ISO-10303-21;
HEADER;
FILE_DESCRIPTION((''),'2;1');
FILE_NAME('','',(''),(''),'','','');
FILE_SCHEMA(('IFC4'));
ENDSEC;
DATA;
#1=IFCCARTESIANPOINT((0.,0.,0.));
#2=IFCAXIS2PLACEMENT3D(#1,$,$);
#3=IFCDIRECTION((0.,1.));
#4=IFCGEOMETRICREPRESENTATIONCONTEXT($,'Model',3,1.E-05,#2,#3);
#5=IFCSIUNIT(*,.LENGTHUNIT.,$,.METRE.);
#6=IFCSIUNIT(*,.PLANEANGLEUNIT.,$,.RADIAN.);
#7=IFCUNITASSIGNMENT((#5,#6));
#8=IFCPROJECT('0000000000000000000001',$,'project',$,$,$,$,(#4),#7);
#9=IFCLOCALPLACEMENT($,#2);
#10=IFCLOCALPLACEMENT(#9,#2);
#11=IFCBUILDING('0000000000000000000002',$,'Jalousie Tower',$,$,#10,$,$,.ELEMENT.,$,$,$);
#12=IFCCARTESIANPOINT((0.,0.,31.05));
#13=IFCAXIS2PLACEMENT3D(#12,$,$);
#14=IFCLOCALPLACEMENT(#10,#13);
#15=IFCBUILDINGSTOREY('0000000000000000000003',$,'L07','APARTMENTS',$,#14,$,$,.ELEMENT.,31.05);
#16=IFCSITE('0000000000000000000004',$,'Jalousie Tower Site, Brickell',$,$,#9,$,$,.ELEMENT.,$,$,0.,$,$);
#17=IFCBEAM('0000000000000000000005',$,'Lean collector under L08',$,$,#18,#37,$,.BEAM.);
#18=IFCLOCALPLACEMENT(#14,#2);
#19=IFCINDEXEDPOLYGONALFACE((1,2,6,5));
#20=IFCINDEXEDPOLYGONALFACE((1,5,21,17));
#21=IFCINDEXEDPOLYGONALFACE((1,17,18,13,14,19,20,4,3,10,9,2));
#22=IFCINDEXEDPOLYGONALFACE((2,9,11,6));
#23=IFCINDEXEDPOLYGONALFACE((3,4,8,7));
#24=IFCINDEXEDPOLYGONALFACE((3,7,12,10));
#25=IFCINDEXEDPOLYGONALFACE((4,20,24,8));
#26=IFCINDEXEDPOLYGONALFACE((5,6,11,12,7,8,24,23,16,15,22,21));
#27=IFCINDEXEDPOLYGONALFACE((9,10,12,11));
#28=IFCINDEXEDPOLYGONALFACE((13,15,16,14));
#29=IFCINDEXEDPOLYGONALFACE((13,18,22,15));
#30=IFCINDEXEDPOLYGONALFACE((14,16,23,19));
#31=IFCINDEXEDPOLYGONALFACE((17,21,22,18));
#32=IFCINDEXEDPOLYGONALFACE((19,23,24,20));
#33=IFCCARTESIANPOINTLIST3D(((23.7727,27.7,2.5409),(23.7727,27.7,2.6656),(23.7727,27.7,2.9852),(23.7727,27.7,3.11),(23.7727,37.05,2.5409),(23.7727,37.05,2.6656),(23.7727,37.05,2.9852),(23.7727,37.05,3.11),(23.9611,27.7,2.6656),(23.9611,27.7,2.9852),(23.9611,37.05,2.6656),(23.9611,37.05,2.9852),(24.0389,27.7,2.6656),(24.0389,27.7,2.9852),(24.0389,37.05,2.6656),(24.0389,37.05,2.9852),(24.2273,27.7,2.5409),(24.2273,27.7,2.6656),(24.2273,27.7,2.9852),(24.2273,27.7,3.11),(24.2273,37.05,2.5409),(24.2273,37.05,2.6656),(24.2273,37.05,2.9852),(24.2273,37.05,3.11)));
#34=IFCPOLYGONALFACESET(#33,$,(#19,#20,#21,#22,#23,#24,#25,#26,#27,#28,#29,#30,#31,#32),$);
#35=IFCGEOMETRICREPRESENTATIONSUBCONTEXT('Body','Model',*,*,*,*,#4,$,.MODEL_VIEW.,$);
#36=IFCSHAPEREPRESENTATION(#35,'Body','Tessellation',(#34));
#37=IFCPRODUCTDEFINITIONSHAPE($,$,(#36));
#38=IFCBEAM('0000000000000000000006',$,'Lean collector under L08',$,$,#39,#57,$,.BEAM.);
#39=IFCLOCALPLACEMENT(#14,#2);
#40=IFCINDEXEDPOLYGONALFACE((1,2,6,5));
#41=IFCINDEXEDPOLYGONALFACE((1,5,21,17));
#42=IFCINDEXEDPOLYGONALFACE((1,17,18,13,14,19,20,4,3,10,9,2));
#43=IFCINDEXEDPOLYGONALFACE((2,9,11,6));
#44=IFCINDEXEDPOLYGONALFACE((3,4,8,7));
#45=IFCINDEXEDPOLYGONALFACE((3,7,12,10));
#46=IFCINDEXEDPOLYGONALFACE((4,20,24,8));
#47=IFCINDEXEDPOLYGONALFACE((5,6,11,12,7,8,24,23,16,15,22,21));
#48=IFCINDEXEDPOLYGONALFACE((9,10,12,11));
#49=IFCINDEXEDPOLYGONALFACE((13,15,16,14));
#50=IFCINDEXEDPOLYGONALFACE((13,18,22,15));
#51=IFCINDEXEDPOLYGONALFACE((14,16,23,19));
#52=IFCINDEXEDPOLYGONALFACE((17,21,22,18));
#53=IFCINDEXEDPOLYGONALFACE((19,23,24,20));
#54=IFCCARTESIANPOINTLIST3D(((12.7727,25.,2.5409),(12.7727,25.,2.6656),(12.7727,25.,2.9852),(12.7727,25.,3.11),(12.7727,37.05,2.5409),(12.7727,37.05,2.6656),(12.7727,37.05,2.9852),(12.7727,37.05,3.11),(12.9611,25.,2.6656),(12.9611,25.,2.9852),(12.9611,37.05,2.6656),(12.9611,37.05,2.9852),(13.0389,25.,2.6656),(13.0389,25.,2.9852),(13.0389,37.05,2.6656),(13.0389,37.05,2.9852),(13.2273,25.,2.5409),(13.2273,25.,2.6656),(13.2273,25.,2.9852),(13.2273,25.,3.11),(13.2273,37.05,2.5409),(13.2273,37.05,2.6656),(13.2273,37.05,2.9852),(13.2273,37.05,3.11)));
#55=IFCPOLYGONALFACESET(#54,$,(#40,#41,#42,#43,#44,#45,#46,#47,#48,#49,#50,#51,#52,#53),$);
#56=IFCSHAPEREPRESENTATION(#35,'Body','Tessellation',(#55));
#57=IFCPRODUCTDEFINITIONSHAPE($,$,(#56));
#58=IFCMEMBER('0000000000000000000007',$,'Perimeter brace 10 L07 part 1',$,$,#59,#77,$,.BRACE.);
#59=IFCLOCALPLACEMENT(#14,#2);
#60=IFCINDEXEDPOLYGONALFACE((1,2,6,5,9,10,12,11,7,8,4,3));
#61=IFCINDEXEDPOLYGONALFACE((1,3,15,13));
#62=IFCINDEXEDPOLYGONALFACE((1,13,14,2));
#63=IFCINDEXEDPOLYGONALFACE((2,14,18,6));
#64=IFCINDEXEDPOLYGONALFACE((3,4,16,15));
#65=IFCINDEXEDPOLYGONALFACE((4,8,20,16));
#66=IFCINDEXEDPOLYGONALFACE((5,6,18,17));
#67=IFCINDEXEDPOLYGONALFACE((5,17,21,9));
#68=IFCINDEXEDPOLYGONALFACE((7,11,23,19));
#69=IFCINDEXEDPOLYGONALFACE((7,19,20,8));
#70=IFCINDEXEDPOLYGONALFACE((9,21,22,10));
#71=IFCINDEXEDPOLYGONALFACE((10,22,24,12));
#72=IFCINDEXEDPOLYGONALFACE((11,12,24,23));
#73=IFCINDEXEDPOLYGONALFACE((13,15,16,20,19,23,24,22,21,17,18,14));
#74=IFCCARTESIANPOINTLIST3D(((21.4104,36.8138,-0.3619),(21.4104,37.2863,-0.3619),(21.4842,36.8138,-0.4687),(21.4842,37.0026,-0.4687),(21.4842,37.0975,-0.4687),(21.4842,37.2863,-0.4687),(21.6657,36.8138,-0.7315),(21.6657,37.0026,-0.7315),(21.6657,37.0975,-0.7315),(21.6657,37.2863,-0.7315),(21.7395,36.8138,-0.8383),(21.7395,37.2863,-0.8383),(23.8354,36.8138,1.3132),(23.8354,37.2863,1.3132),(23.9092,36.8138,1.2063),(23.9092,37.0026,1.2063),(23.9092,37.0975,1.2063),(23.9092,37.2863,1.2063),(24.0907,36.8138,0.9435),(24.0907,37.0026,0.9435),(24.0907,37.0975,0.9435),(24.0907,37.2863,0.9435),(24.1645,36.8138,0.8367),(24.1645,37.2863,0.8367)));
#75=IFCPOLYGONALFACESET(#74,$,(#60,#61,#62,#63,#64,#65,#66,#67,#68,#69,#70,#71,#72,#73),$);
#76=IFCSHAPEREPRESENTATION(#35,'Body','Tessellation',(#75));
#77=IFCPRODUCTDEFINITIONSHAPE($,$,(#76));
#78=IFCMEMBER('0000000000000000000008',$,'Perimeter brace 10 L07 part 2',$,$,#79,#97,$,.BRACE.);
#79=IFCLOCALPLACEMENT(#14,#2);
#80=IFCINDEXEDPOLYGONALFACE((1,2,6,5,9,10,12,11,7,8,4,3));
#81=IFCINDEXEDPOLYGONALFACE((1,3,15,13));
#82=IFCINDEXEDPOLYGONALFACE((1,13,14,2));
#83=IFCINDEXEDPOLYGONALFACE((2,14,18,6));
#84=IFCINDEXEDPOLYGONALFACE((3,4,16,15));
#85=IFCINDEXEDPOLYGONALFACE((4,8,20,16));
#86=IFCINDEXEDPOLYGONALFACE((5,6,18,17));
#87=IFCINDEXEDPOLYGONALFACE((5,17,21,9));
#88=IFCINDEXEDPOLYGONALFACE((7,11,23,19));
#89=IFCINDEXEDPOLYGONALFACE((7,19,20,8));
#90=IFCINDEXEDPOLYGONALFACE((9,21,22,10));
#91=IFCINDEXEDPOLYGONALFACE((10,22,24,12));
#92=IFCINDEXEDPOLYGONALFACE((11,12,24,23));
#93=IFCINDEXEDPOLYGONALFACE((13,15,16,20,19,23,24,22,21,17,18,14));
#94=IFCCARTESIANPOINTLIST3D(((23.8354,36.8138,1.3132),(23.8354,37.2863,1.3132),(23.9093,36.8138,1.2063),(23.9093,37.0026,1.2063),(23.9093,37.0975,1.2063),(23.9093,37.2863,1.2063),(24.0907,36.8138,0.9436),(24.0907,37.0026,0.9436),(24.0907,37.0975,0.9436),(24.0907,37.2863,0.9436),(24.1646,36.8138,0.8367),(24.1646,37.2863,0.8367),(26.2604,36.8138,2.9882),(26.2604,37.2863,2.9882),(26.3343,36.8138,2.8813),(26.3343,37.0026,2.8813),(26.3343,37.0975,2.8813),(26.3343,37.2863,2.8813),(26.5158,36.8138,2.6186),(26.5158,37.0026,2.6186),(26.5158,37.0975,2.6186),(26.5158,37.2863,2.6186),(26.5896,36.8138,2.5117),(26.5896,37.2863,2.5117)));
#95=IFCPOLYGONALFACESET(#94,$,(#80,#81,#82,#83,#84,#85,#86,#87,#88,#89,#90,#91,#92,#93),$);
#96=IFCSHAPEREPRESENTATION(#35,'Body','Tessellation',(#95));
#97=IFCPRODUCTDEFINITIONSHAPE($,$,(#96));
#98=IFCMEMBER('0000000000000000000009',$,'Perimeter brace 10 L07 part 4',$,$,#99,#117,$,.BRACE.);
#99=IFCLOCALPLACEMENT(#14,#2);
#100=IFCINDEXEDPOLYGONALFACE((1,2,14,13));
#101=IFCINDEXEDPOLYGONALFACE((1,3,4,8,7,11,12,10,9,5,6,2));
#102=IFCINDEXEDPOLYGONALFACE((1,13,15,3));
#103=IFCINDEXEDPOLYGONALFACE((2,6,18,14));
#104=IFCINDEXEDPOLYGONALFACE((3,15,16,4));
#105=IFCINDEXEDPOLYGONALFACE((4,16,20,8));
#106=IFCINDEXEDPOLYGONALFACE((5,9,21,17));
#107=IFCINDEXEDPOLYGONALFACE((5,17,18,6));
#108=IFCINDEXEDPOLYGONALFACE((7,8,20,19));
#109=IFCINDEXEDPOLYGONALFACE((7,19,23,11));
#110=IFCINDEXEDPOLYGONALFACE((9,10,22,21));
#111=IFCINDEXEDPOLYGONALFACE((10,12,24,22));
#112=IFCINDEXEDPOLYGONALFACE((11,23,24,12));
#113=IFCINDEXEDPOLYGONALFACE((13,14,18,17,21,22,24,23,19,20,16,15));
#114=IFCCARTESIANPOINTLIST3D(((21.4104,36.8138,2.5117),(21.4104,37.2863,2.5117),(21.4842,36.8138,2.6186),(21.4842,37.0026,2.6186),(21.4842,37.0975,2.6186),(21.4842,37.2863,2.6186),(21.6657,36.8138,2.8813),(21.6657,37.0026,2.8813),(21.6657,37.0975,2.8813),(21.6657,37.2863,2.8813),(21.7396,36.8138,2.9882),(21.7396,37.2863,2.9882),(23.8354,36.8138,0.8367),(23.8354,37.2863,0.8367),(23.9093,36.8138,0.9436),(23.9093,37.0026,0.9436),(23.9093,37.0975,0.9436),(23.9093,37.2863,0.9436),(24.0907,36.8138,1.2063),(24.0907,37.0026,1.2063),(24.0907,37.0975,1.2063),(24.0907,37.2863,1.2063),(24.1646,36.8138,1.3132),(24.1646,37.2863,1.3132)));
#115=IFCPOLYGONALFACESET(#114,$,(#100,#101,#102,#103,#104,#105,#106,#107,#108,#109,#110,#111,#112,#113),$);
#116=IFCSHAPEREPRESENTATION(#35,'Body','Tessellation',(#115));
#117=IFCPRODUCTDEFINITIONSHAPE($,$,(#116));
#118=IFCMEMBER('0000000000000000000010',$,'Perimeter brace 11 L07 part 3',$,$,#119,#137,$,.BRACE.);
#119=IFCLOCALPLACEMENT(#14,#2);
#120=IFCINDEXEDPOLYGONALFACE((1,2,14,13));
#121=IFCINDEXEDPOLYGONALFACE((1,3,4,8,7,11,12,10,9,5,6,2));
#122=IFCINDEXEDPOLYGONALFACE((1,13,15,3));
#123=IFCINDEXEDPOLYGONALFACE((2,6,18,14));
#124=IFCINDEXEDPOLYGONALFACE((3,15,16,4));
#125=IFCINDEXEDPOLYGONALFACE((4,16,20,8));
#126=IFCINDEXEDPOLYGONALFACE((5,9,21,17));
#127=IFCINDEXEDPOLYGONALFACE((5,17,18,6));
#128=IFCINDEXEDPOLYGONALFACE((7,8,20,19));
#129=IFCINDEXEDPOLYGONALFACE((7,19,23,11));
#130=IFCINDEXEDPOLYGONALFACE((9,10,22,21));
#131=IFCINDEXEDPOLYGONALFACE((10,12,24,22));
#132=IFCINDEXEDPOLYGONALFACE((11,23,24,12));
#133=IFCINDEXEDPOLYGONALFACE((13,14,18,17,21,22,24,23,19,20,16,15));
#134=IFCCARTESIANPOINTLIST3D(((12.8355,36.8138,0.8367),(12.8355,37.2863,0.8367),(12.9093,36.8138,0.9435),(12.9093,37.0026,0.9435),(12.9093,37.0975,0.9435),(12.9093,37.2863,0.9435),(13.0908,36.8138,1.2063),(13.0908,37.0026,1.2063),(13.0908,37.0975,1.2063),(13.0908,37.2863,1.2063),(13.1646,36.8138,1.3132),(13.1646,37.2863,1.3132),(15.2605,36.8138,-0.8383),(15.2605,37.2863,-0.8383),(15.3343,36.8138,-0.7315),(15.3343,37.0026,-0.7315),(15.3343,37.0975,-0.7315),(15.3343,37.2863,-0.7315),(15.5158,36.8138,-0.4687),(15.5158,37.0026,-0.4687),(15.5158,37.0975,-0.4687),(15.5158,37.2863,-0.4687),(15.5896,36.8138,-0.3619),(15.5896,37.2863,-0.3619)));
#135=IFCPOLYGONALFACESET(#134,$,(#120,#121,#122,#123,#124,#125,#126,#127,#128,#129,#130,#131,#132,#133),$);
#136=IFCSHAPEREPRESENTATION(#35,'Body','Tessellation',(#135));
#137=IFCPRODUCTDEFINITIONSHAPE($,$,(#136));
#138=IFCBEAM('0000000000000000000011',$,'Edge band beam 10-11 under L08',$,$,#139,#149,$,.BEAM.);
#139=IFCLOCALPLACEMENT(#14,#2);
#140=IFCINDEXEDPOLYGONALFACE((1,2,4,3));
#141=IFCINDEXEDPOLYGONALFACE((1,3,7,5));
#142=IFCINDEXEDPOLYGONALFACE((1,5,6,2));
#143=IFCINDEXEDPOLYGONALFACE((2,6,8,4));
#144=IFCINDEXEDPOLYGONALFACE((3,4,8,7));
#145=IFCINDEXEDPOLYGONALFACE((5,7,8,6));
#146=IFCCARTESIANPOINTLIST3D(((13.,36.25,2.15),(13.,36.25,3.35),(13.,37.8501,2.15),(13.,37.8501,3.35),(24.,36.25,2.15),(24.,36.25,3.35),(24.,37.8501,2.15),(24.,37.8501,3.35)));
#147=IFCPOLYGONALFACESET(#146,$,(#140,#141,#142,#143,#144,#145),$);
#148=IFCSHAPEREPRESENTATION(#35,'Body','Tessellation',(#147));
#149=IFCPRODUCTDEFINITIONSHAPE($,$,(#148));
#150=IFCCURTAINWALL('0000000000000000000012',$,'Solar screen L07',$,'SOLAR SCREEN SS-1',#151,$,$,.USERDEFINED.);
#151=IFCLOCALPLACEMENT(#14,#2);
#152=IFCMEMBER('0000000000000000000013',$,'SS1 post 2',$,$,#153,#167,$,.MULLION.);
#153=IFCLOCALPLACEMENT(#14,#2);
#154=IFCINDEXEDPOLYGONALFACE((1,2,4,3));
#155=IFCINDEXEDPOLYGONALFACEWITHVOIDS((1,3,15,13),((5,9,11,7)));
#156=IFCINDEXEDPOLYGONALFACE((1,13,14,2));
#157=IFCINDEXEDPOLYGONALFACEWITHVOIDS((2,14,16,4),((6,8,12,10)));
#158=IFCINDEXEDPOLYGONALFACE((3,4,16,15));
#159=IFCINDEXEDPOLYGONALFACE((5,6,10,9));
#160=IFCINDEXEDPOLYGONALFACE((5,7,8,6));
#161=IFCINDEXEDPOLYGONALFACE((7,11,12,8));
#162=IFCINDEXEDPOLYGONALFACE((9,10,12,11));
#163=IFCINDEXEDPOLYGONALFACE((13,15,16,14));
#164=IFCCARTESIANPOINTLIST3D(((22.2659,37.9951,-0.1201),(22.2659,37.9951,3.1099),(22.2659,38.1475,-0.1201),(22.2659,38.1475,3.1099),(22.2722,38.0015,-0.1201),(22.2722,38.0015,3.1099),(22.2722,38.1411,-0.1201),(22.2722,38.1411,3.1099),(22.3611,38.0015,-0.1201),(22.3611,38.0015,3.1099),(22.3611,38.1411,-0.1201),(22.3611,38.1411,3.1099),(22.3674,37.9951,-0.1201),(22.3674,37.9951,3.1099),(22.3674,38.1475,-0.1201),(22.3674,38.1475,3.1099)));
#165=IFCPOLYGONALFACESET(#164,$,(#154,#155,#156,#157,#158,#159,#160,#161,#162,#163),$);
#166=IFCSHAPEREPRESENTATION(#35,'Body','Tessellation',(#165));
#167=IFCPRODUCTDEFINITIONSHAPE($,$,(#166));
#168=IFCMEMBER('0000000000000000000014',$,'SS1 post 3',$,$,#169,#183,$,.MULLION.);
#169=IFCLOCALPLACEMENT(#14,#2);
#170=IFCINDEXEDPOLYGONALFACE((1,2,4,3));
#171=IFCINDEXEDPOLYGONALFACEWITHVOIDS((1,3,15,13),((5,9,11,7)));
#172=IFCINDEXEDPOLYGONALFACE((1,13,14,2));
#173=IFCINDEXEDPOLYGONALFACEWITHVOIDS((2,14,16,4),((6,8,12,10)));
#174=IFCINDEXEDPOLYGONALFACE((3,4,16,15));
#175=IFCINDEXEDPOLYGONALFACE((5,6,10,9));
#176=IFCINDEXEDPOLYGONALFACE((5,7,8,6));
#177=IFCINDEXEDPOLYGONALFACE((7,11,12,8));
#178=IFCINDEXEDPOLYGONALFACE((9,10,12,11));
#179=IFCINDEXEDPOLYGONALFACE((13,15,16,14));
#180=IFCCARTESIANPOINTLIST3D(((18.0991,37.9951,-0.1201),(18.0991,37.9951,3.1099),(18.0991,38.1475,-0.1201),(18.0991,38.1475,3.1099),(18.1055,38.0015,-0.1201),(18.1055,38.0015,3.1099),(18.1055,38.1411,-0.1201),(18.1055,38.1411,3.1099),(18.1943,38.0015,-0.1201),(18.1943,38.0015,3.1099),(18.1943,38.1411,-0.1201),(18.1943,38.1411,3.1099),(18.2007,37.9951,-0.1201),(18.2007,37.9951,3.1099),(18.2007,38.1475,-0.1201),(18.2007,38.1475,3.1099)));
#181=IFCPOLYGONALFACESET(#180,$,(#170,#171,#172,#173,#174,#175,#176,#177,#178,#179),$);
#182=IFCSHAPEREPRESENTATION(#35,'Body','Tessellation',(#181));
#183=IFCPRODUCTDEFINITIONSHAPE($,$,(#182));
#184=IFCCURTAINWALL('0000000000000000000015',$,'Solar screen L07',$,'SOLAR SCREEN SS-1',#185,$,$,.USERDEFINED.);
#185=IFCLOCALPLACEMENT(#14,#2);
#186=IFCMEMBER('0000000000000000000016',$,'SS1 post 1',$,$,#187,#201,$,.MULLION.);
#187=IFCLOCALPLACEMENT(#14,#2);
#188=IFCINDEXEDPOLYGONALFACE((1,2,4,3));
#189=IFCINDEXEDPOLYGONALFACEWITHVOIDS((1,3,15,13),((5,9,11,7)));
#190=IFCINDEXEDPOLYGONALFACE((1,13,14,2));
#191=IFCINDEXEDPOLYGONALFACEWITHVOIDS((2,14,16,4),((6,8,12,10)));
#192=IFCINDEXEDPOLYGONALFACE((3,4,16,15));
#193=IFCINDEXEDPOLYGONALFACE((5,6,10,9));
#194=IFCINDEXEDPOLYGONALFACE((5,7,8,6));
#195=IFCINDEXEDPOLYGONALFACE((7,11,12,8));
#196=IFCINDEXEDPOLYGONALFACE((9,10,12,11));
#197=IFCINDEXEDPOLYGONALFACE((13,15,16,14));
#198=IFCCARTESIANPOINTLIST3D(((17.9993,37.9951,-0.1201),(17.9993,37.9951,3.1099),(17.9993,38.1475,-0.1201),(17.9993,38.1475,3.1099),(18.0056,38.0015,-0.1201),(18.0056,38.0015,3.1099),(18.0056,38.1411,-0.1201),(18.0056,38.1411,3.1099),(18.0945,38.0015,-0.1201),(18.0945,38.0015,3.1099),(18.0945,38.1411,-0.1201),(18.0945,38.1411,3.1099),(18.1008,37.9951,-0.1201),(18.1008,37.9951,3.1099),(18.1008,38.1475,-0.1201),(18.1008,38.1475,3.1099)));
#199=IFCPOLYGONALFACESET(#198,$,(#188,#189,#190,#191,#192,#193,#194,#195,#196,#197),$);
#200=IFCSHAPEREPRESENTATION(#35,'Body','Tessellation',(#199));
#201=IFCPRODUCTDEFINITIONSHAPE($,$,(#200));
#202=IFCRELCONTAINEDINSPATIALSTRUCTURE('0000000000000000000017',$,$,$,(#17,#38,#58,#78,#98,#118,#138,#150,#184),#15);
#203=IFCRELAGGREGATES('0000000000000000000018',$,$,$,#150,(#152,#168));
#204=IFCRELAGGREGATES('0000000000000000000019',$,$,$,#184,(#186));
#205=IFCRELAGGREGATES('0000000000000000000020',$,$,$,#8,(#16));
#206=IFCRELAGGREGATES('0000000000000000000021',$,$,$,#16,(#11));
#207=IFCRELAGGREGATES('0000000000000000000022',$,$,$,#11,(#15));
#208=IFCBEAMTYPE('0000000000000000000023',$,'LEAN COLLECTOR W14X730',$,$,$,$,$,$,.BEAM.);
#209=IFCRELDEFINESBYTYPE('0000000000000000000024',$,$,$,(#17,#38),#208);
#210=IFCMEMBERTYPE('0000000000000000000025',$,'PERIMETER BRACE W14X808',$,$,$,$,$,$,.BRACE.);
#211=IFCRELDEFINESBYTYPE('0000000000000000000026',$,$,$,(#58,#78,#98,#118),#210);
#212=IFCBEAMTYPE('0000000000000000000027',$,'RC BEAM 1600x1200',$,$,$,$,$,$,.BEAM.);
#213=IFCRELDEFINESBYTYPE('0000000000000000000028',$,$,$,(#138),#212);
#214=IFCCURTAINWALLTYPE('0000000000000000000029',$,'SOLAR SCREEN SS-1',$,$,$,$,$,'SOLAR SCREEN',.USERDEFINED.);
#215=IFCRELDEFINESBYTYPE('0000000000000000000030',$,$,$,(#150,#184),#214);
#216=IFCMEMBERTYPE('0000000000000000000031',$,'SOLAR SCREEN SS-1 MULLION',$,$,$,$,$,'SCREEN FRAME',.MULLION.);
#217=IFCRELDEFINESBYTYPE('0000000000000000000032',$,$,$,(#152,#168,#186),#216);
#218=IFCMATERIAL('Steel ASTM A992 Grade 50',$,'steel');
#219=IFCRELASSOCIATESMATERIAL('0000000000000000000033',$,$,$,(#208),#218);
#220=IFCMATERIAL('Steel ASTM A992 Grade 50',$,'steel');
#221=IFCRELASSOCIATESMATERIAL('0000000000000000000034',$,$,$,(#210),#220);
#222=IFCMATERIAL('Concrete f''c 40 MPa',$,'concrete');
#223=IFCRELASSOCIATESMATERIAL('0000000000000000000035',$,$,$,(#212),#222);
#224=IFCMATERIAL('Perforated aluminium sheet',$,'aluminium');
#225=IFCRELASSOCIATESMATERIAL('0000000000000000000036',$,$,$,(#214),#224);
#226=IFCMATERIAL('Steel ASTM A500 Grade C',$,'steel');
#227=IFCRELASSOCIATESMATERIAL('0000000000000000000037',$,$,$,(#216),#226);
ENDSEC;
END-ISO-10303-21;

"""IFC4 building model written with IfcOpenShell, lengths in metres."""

from ifc_helpers import new_model, si_unit, direction, frame, origin, origin_2d, place, context, subcontext, project, spatial, rectangle, hollow_rectangle, i_section, extrude, material, material_profile, profile_set, type_object, element, aggregate, save


model = new_model("IFC4")

# Units and contexts
model_context = context("Model", 3, precision=1e-05, world=origin(), true_north=direction((0.0, 1.0)))
body_context = subcontext(model_context, "Body", "Model", "MODEL_VIEW")
ifc_project = project(units=[si_unit("LENGTHUNIT", "METRE"), si_unit("PLANEANGLEUNIT", "RADIAN")], contexts=[model_context])

# Site, building, storey
site_placement = place(None, origin())
site = spatial("IfcSite", under=ifc_project, at=site_placement, Name="Jalousie Tower Site, Brickell", CompositionType="ELEMENT", RefElevation=0.0)
building_placement = place(site_placement, origin())
building = spatial("IfcBuilding", under=site, at=building_placement, Name="Jalousie Tower", CompositionType="ELEMENT")
storey_placement = place(building_placement, frame((0.0, 0.0, 31.05)))
storey = spatial("IfcBuildingStorey", under=building, at=storey_placement, Name="L07", Description="APARTMENTS", CompositionType="ELEMENT", Elevation=31.05)

# Beams
ifc_material_1 = material(Name="Steel ASTM A992 Grade 50", Category="steel")
ifc_material_profile_1 = material_profile(ifc_material_1, i_section(OverallWidth=0.4546, OverallDepth=0.5691, WebThickness=0.0779, FlangeThickness=0.1248, at=origin_2d()), Name="W14X730")
ifc_profile_set_1 = profile_set([ifc_material_profile_1], Name="Steel ASTM A992 Grade 50")
beam_type_1 = type_object("IfcBeamType", Name="LEAN COLLECTOR W14X730", PredefinedType="BEAM", material=ifc_profile_set_1)
beam_1_placement = place(storey_placement, frame((24.0, 37.05, 2.8254), z_axis=(0.0, -1.0, 0.0), x_axis=(1.0, 0.0, 0.0)))
element("IfcBeam", 1, at=beam_1_placement, inside=storey, type_object=beam_type_1, Name="Lean collector under L08", PredefinedType="BEAM", context=body_context, shape_type="SweptSolid", body=[
    extrude(i_section(OverallWidth=0.4546, OverallDepth=0.5691, WebThickness=0.0779, FlangeThickness=0.1248, at=origin_2d()), origin(), (0.0, 0.0, 1.0), 9.3501),
])
beam_2_placement = place(storey_placement, frame((13.0, 37.05, 2.8254), z_axis=(0.0, -1.0, 0.0), x_axis=(1.0, 0.0, 0.0)))
element("IfcBeam", 2, at=beam_2_placement, inside=storey, type_object=beam_type_1, Name="Lean collector under L08", PredefinedType="BEAM", context=body_context, shape_type="SweptSolid", body=[
    extrude(i_section(OverallWidth=0.4546, OverallDepth=0.5691, WebThickness=0.0779, FlangeThickness=0.1248, at=origin_2d()), origin(), (0.0, 0.0, 1.0), 12.05),
])

# Members
ifc_material_2 = material(Name="Steel ASTM A992 Grade 50", Category="steel")
ifc_material_profile_2 = material_profile(ifc_material_2, i_section(OverallWidth=0.4724, OverallDepth=0.5791, WebThickness=0.095, FlangeThickness=0.1299, at=origin_2d()), Name="W14X808")
ifc_profile_set_2 = profile_set([ifc_material_profile_2], Name="Steel ASTM A992 Grade 50")
member_type_1 = type_object("IfcMemberType", Name="PERIMETER BRACE W14X808", PredefinedType="BRACE", material=ifc_profile_set_2)
for number, where, z_axis, x_axis, name in (
    (3, (21.575, 37.05, -0.6001), (0.8228, 0.0, 0.568331), (0.0, 1.0, 0.0), "Perimeter brace 10 L07 part 1"),
    (4, (24.0, 37.05, 1.075), (0.8228, 0.0, 0.568331), (0.0, 1.0, 0.0), "Perimeter brace 10 L07 part 2"),
    (5, (24.0, 37.05, 1.075), (-0.8228, 0.0, 0.568331), (0.0, -1.0, 0.0), "Perimeter brace 10 L07 part 4"),
    (6, (15.425, 37.05, -0.6001), (-0.8228, 0.0, 0.568331), (0.0, -1.0, 0.0), "Perimeter brace 11 L07 part 3"),
):
    element("IfcMember", number, at=place(storey_placement, frame(where, z_axis=z_axis, x_axis=x_axis)), inside=storey, type_object=member_type_1, Name=name, PredefinedType="BRACE", context=body_context, shape_type="SweptSolid", body=[
        extrude(i_section(OverallWidth=0.4724, OverallDepth=0.5791, WebThickness=0.095, FlangeThickness=0.1299, at=origin_2d()), origin(), (0.0, 0.0, 1.0), 2.9473),
    ])

# Beam
ifc_material_3 = material(Name="Concrete f'c 40 MPa", Category="concrete")
ifc_material_profile_3 = material_profile(ifc_material_3, rectangle(XDim=1.6001, YDim=1.2, at=origin_2d()), Name="RC 1600x1200")
ifc_profile_set_3 = profile_set([ifc_material_profile_3], Name="Concrete f'c 40 MPa")
beam_type_2 = type_object("IfcBeamType", Name="RC BEAM 1600x1200", PredefinedType="BEAM", material=ifc_profile_set_3)
beam_3_placement = place(storey_placement, frame((24.0, 37.05, 2.75), z_axis=(-1.0, 0.0, 0.0), x_axis=(0.0, -1.0, 0.0)))
element("IfcBeam", 7, at=beam_3_placement, inside=storey, type_object=beam_type_2, Name="Edge band beam 10-11 under L08", PredefinedType="BEAM", context=body_context, shape_type="SweptSolid", body=[
    extrude(rectangle(XDim=1.6001, YDim=1.2, at=origin_2d()), origin(), (0.0, 0.0, 1.0), 11.0),
])

# Curtain walls, members
ifc_material_4 = material(Name="Perforated aluminium sheet", Category="aluminium")
curtain_wall_type = type_object("IfcCurtainWallType", Name="SOLAR SCREEN SS-1", ElementType="SOLAR SCREEN", PredefinedType="USERDEFINED", material=ifc_material_4)
curtain_wall_1_placement = place(storey_placement, origin())
curtain_wall_1 = element("IfcCurtainWall", 8, at=curtain_wall_1_placement, inside=storey, type_object=curtain_wall_type, Name="Solar screen L07", ObjectType="SOLAR SCREEN SS-1", PredefinedType="USERDEFINED")
ifc_material_5 = material(Name="Steel ASTM A500 Grade C", Category="steel")
ifc_material_profile_4 = material_profile(ifc_material_5, hollow_rectangle(XDim=0.1016, YDim=0.1523, WallThickness=0.0063, at=origin_2d()), Name="HSS6X4X1/4")
ifc_profile_set_4 = profile_set([ifc_material_profile_4], Name="Steel ASTM A500 Grade C")
member_type_2 = type_object("IfcMemberType", Name="SOLAR SCREEN SS-1 MULLION", ElementType="SCREEN FRAME", PredefinedType="MULLION", material=ifc_profile_set_4)
member_1_placement = place(storey_placement, frame((22.3167, 38.0713, -0.1201), z_axis=(0.0, 0.0, 1.0), x_axis=(-1.0, 0.0, 0.0)))
member_1 = element("IfcMember", 9, at=member_1_placement, type_object=member_type_2, Name="SS1 post 2", PredefinedType="MULLION", context=body_context, shape_type="SweptSolid", body=[
    extrude(hollow_rectangle(XDim=0.1016, YDim=0.1523, WallThickness=0.0063, at=origin_2d()), origin(), (0.0, 0.0, 1.0), 3.23),
])
member_2_placement = place(storey_placement, frame((18.1499, 38.0713, -0.1201), z_axis=(0.0, 0.0, 1.0), x_axis=(-1.0, 0.0, 0.0)))
member_2 = element("IfcMember", 10, at=member_2_placement, type_object=member_type_2, Name="SS1 post 3", PredefinedType="MULLION", context=body_context, shape_type="SweptSolid", body=[
    extrude(hollow_rectangle(XDim=0.1016, YDim=0.1523, WallThickness=0.0063, at=origin_2d()), origin(), (0.0, 0.0, 1.0), 3.23),
])
curtain_wall_2_placement = place(storey_placement, origin())
curtain_wall_2 = element("IfcCurtainWall", 11, at=curtain_wall_2_placement, inside=storey, type_object=curtain_wall_type, Name="Solar screen L07", ObjectType="SOLAR SCREEN SS-1", PredefinedType="USERDEFINED")
member_3_placement = place(storey_placement, frame((18.05, 38.0713, -0.1201), z_axis=(0.0, 0.0, 1.0), x_axis=(-1.0, 0.0, 0.0)))
member_3 = element("IfcMember", 12, at=member_3_placement, type_object=member_type_2, Name="SS1 post 1", PredefinedType="MULLION", context=body_context, shape_type="SweptSolid", body=[
    extrude(hollow_rectangle(XDim=0.1016, YDim=0.1523, WallThickness=0.0063, at=origin_2d()), origin(), (0.0, 0.0, 1.0), 3.23),
])

aggregate(curtain_wall_1, [member_1, member_2])
aggregate(curtain_wall_2, [member_3])

save(model, "model.ifc")
